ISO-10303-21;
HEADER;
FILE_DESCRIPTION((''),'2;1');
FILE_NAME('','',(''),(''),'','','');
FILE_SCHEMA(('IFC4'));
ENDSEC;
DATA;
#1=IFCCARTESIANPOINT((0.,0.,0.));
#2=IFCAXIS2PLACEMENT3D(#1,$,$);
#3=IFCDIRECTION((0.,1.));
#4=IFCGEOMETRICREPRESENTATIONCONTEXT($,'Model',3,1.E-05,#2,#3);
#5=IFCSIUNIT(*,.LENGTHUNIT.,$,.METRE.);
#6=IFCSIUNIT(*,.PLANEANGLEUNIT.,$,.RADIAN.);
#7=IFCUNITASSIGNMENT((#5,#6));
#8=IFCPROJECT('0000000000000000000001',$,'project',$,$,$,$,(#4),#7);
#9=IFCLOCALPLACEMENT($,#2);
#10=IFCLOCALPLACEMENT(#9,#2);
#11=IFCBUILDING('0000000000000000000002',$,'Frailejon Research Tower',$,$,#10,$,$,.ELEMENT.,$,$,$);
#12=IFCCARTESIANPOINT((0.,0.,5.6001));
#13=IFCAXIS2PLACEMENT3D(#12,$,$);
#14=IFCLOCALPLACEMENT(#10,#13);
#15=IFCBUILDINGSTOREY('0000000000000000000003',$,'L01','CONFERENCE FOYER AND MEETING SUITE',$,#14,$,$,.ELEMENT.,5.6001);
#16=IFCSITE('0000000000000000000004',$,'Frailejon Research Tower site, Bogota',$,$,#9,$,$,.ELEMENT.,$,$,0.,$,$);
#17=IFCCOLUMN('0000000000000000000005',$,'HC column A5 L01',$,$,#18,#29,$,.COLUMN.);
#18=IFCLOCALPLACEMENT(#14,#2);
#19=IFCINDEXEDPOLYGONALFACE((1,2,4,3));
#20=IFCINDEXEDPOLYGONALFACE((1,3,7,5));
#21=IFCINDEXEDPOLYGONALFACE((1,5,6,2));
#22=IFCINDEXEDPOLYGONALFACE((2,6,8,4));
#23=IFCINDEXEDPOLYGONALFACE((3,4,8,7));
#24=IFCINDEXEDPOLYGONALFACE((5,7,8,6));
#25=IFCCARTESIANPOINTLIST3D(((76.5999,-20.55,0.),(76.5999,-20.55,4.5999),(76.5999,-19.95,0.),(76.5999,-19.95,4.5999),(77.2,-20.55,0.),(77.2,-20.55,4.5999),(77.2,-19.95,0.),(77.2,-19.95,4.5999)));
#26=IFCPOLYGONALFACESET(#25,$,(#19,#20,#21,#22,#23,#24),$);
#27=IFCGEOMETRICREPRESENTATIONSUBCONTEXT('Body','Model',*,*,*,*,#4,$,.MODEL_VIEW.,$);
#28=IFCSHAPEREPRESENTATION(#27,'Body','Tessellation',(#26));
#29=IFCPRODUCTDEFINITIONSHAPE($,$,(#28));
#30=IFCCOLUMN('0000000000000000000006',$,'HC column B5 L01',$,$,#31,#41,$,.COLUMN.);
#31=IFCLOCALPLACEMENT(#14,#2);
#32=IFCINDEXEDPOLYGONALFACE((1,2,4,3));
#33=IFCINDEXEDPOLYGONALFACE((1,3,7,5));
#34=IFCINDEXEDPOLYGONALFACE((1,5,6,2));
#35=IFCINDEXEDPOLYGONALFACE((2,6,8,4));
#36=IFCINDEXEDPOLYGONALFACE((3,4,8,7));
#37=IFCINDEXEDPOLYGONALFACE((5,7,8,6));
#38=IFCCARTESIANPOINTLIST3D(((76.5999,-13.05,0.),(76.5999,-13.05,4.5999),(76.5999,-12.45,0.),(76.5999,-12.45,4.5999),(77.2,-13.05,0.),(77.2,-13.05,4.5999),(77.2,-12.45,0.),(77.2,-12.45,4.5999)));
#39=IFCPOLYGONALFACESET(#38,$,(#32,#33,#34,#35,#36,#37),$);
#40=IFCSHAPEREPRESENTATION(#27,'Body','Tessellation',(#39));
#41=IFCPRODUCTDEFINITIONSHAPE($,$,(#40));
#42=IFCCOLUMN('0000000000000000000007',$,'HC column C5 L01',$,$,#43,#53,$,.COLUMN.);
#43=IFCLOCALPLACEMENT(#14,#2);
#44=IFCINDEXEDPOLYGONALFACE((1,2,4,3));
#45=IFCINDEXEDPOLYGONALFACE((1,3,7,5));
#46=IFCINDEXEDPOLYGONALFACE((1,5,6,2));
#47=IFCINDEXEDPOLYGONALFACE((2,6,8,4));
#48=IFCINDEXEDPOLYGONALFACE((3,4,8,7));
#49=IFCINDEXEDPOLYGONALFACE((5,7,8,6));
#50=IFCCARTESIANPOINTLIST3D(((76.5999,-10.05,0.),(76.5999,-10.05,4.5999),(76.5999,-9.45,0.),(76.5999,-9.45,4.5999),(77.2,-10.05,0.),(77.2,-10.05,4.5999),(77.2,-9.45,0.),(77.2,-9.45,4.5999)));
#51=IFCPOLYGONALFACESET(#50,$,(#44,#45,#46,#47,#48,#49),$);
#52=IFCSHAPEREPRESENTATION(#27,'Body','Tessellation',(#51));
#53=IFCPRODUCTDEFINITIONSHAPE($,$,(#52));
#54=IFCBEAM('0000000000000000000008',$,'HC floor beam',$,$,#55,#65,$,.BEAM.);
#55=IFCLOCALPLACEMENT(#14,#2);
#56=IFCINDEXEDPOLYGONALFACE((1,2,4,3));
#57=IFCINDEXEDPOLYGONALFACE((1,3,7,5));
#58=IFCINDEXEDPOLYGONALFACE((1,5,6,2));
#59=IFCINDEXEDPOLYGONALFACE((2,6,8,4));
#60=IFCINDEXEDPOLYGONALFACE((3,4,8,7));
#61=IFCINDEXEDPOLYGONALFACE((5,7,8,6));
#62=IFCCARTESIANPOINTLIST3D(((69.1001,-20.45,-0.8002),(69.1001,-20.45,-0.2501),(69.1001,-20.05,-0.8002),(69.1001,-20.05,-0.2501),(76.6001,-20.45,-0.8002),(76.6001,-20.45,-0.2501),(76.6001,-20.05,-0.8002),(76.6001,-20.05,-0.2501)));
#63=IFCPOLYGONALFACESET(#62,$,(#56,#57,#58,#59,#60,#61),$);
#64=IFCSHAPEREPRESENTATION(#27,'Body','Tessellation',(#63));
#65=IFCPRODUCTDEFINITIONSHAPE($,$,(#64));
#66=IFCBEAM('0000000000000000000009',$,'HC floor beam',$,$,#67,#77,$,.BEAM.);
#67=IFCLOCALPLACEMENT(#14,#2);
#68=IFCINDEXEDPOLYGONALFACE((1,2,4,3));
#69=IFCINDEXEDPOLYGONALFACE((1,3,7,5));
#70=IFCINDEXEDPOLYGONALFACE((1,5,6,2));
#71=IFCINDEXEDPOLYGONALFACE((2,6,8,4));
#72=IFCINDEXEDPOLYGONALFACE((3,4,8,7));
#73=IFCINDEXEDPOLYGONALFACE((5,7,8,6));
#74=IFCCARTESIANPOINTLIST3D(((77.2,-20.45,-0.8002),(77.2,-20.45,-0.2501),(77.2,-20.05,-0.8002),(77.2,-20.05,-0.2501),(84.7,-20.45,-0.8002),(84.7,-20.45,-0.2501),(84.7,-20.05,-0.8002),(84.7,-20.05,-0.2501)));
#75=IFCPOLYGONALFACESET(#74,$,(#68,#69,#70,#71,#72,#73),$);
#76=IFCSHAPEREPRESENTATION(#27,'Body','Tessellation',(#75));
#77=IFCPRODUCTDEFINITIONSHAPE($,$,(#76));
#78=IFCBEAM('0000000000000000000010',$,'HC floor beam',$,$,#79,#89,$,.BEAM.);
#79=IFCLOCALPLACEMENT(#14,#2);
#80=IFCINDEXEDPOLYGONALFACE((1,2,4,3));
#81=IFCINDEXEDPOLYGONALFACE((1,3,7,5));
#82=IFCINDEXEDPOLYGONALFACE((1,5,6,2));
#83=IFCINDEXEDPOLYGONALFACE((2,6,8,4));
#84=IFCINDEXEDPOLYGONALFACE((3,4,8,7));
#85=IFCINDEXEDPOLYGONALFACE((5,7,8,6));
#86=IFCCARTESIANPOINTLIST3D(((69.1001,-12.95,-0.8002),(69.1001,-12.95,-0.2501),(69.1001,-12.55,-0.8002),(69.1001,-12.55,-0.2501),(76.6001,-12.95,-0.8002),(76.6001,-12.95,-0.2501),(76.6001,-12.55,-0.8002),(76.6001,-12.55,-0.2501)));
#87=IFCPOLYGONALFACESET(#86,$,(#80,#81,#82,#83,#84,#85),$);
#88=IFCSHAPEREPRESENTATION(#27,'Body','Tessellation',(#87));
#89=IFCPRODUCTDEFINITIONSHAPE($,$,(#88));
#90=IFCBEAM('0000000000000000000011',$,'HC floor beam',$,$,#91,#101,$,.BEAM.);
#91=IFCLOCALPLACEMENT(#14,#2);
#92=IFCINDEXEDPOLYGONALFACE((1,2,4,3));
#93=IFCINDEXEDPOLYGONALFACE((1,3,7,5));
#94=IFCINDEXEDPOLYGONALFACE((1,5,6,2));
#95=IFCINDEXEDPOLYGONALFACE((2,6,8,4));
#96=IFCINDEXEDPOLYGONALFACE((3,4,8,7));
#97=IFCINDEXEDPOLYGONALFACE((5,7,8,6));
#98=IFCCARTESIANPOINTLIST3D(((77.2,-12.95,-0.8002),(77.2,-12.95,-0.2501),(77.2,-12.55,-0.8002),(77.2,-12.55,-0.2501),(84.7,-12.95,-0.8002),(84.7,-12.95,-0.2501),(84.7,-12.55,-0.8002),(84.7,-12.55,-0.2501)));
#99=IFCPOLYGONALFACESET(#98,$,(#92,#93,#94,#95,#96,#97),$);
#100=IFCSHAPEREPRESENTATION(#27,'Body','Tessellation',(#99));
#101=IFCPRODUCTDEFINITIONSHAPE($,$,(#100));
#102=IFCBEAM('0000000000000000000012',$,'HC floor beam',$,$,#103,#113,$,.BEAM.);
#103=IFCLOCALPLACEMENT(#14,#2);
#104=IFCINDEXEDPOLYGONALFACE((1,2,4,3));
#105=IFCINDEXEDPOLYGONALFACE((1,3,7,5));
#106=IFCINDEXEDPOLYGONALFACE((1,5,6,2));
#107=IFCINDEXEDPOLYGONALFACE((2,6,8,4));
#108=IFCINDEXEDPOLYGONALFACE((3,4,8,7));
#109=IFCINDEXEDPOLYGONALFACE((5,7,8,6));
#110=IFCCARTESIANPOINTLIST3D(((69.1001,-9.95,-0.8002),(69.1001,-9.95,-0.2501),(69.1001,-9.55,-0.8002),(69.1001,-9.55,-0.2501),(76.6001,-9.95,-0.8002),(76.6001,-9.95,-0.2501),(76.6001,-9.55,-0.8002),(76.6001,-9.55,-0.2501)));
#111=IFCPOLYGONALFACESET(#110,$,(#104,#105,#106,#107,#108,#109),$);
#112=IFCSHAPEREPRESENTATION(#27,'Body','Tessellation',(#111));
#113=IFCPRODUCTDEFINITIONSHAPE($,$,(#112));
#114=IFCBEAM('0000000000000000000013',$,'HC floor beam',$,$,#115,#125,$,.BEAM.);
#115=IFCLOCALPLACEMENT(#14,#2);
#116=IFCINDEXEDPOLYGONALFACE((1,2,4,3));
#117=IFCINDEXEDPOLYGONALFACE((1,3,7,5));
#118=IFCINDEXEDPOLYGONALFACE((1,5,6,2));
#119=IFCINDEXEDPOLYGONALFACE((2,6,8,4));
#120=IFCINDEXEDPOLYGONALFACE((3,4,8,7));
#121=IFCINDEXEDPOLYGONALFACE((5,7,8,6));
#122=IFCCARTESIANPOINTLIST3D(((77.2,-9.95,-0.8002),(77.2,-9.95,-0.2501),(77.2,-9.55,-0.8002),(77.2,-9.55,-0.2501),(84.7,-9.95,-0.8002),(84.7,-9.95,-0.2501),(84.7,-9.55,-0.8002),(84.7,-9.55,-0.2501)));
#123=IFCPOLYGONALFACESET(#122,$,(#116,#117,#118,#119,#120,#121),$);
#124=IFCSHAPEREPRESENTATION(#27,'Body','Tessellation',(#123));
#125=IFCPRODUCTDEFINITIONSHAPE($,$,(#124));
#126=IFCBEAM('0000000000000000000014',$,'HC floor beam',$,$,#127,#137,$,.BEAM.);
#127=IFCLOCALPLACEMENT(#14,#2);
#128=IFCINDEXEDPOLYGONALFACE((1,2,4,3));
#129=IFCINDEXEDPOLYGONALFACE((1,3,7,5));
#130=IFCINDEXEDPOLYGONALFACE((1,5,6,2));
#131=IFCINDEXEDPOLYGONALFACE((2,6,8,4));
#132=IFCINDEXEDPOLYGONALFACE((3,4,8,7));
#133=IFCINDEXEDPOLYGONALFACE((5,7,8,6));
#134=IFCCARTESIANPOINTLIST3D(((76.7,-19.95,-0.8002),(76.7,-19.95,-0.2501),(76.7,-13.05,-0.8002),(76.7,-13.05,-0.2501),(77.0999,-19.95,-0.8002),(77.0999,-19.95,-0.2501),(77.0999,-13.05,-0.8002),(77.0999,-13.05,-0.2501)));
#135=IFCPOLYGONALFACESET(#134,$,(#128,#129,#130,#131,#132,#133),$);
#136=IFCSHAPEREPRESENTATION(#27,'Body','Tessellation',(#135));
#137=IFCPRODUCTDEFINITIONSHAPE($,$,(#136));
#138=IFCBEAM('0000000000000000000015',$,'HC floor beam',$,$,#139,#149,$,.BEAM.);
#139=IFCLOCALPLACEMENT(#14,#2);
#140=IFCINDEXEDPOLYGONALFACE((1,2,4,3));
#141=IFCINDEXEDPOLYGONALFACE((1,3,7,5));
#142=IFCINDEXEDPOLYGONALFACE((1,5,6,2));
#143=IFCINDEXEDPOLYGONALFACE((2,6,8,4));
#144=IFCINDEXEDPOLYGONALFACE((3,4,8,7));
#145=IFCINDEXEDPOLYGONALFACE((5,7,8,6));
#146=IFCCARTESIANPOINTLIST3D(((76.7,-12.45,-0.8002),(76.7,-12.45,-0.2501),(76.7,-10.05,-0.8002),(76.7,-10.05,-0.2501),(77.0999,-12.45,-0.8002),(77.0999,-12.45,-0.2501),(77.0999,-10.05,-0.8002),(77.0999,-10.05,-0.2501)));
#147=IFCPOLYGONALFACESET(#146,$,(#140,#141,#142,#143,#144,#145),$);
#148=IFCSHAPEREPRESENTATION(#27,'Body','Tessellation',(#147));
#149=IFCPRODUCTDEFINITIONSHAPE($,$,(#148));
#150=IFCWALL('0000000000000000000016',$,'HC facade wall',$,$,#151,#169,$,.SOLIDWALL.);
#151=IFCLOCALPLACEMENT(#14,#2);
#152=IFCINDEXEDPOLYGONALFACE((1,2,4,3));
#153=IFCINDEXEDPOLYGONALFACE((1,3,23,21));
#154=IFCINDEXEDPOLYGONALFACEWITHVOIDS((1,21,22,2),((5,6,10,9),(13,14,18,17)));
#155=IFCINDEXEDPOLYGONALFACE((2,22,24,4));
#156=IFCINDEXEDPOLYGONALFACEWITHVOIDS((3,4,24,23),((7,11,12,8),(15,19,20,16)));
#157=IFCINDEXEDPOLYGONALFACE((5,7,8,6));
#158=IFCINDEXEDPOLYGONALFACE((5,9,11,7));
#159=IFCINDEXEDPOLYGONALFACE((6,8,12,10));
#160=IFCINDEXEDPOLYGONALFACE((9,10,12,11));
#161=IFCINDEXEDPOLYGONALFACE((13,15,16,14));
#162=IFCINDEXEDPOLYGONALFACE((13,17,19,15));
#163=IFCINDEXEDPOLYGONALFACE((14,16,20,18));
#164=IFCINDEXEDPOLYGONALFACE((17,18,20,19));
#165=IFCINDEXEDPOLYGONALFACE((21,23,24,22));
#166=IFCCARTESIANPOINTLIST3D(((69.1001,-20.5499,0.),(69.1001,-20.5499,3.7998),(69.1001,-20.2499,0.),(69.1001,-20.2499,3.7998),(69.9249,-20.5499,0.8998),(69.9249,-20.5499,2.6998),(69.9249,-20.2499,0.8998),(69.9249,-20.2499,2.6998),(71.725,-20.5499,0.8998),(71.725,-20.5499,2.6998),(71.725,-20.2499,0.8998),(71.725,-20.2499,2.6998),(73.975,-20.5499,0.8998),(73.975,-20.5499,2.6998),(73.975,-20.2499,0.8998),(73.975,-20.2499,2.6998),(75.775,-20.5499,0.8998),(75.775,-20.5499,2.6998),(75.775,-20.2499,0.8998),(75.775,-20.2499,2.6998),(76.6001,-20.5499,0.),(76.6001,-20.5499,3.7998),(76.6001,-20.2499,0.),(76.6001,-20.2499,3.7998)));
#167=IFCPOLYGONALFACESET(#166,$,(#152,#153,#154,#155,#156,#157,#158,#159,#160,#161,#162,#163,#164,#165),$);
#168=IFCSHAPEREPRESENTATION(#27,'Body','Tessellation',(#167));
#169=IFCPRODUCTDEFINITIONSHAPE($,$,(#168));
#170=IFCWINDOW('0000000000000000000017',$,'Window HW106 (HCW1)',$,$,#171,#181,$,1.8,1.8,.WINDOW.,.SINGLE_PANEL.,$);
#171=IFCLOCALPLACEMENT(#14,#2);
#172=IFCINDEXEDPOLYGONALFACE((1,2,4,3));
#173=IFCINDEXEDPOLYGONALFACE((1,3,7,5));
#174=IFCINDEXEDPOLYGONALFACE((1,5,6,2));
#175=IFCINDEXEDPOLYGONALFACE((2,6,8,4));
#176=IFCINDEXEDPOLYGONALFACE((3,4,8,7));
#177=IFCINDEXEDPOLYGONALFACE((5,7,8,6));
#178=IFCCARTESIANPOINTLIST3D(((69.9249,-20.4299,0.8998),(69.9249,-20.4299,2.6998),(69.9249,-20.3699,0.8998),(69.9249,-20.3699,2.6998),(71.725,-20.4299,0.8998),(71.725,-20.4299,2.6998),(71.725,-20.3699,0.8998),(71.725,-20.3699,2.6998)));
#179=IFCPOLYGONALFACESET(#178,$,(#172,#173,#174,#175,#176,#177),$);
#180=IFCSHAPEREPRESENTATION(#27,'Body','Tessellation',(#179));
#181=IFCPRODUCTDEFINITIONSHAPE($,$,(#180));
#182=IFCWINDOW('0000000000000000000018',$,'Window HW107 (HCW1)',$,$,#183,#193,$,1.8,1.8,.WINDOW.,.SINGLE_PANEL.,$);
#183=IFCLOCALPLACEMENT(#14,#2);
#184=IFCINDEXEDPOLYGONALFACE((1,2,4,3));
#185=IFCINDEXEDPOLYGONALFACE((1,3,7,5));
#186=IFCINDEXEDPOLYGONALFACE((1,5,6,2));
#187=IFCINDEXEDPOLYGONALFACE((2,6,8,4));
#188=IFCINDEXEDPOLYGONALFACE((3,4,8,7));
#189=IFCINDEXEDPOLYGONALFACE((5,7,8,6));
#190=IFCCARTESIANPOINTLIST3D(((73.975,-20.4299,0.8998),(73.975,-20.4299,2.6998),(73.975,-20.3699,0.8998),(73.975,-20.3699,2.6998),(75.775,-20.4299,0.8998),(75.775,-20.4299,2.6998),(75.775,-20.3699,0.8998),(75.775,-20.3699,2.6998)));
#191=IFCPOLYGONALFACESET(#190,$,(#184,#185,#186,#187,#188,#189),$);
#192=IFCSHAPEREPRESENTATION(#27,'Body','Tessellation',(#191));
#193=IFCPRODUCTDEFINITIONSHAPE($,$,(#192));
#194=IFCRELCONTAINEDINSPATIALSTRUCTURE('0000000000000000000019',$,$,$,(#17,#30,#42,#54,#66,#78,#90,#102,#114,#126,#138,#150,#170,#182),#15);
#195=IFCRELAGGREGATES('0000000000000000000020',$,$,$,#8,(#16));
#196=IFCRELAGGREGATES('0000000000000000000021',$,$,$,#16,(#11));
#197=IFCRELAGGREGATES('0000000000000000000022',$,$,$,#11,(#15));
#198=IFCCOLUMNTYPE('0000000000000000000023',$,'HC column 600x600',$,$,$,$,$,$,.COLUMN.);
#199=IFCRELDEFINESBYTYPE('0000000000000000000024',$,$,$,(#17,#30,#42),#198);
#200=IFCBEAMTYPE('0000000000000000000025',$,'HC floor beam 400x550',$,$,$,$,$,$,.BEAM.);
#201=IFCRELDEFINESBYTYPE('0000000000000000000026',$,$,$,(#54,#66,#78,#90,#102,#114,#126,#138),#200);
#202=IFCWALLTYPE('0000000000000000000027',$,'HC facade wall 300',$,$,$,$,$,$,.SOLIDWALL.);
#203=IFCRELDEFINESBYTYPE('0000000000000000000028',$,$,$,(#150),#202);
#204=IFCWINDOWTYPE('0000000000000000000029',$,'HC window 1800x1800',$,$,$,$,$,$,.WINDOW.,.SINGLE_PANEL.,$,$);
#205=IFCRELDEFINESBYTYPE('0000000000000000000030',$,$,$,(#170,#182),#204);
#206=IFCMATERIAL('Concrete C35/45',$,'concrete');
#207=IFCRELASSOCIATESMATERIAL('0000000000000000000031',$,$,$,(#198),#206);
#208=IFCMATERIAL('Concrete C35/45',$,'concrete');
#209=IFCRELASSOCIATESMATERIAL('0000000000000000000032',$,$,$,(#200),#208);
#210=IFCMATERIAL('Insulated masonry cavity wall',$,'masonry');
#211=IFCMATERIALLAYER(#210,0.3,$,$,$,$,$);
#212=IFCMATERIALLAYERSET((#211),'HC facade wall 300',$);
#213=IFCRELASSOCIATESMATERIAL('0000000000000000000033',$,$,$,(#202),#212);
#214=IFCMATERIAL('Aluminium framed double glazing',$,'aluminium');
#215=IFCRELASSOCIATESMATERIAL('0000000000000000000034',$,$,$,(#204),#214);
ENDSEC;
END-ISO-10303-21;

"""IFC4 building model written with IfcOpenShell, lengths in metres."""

from ifc_helpers import new_model, si_unit, direction, frame, frame_2d, origin, origin_2d, place, context, subcontext, project, spatial, rectangle, extrude, material, layer, layer_set, material_profile, profile_set, type_object, element, fill, save


model = new_model("IFC4")

# Units and contexts
model_context = context("Model", 3, precision=1e-05, world=origin(), true_north=direction((0.0, 1.0)))
body_context = subcontext(model_context, "Body", "Model", "MODEL_VIEW")
ifc_project = project(units=[si_unit("LENGTHUNIT", "METRE"), si_unit("PLANEANGLEUNIT", "RADIAN")], contexts=[model_context])

# Site, building, storey
site_placement = place(None, origin())
site = spatial("IfcSite", under=ifc_project, at=site_placement, Name="Frailejon Research Tower site, Bogota", CompositionType="ELEMENT", RefElevation=0.0)
building_placement = place(site_placement, origin())
building = spatial("IfcBuilding", under=site, at=building_placement, Name="Frailejon Research Tower", CompositionType="ELEMENT")
storey_placement = place(building_placement, frame((0.0, 0.0, 5.6001)))
storey = spatial("IfcBuildingStorey", under=building, at=storey_placement, Name="L01", Description="CONFERENCE FOYER AND MEETING SUITE", CompositionType="ELEMENT", Elevation=5.6001)

# Columns
ifc_material_1 = material(Name="Concrete C35/45", Category="concrete")
ifc_material_profile_1 = material_profile(ifc_material_1, rectangle(XDim=0.6001, YDim=0.6001, at=origin_2d()), Name="HC column 600x600")
ifc_profile_set_1 = profile_set([ifc_material_profile_1], Name="Concrete C35/45")
column_type = type_object("IfcColumnType", Name="HC column 600x600", PredefinedType="COLUMN", material=ifc_profile_set_1)
for number, where, z_axis, x_axis, name in (
    (1, (76.8999, -20.25, 0.0), (0.0, 0.0, 1.0), (1.0, 0.0, 0.0), "HC column A5 L01"),
    (2, (76.8999, -12.75, 0.0), (0.0, 0.0, 1.0), (1.0, 0.0, 0.0), "HC column B5 L01"),
    (3, (76.8999, -9.75, 0.0), (0.0, 0.0, 1.0), (1.0, 0.0, 0.0), "HC column C5 L01"),
):
    element("IfcColumn", number, at=place(storey_placement, frame(where, z_axis=z_axis, x_axis=x_axis)), inside=storey, type_object=column_type, Name=name, PredefinedType="COLUMN", context=body_context, shape_type="SweptSolid", body=[
        extrude(rectangle(XDim=0.6001, YDim=0.6001, at=origin_2d()), origin(), (0.0, 0.0, 1.0), 4.5999),
    ])

# Beams
ifc_material_2 = material(Name="Concrete C35/45", Category="concrete")
ifc_material_profile_2 = material_profile(ifc_material_2, rectangle(XDim=0.3999, YDim=0.55, at=origin_2d()), Name="HC floor beam 400x550")
ifc_profile_set_2 = profile_set([ifc_material_profile_2], Name="Concrete C35/45")
beam_type = type_object("IfcBeamType", Name="HC floor beam 400x550", PredefinedType="BEAM", material=ifc_profile_set_2)
for number, where, z_axis, x_axis, name in (
    (4, (69.1001, -20.25, -0.5251), (1.0, 0.0, 0.0), (0.0, 1.0, 0.0), "HC floor beam"),
    (5, (77.2, -20.25, -0.5251), (1.0, 0.0, 0.0), (0.0, 1.0, 0.0), "HC floor beam"),
    (6, (69.1001, -12.75, -0.5251), (1.0, 0.0, 0.0), (0.0, 1.0, 0.0), "HC floor beam"),
    (7, (77.2, -12.75, -0.5251), (1.0, 0.0, 0.0), (0.0, 1.0, 0.0), "HC floor beam"),
    (8, (69.1001, -9.75, -0.5251), (1.0, 0.0, 0.0), (0.0, 1.0, 0.0), "HC floor beam"),
    (9, (77.2, -9.75, -0.5251), (1.0, 0.0, 0.0), (0.0, 1.0, 0.0), "HC floor beam"),
):
    element("IfcBeam", number, at=place(storey_placement, frame(where, z_axis=z_axis, x_axis=x_axis)), inside=storey, type_object=beam_type, Name=name, PredefinedType="BEAM", context=body_context, shape_type="SweptSolid", body=[
        extrude(rectangle(XDim=0.3999, YDim=0.55, at=origin_2d()), origin(), (0.0, 0.0, 1.0), 7.5),
    ])
beam_1_placement = place(storey_placement, frame((76.8999, -19.95, -0.5251), z_axis=(0.0, 1.0, 0.0), x_axis=(-1.0, 0.0, 0.0)))
element("IfcBeam", 10, at=beam_1_placement, inside=storey, type_object=beam_type, Name="HC floor beam", PredefinedType="BEAM", context=body_context, shape_type="SweptSolid", body=[
    extrude(rectangle(XDim=0.3999, YDim=0.55, at=origin_2d()), origin(), (0.0, 0.0, 1.0), 6.8999),
])
beam_2_placement = place(storey_placement, frame((76.8999, -12.45, -0.5251), z_axis=(0.0, 1.0, 0.0), x_axis=(-1.0, 0.0, 0.0)))
element("IfcBeam", 11, at=beam_2_placement, inside=storey, type_object=beam_type, Name="HC floor beam", PredefinedType="BEAM", context=body_context, shape_type="SweptSolid", body=[
    extrude(rectangle(XDim=0.3999, YDim=0.55, at=origin_2d()), origin(), (0.0, 0.0, 1.0), 2.3999),
])

# Wall, openings, windows
ifc_material_3 = material(Name="Insulated masonry cavity wall", Category="masonry")
ifc_layer_1 = layer(ifc_material_3, 0.3)
ifc_layer_set_1 = layer_set([ifc_layer_1], Name="HC facade wall 300")
wall_type_1 = type_object("IfcWallType", Name="HC facade wall 300", PredefinedType="SOLIDWALL", material=ifc_layer_set_1)
wall_1_placement = place(storey_placement, frame((69.1001, -20.3999, 0.0), z_axis=(0.0, 0.0, 1.0), x_axis=(1.0, 0.0, 0.0)))
wall_1 = element("IfcWall", 12, at=wall_1_placement, inside=storey, type_object=wall_type_1, Name="HC facade wall", PredefinedType="SOLIDWALL", context=body_context, shape_type="SweptSolid", body=[
    extrude(rectangle(XDim=7.5, YDim=0.3, at=frame_2d((3.75, 0.0))), origin(), (0.0, 0.0, 1.0), 3.7998),
])
opening_1_placement = place(wall_1_placement, frame((0.825, 0.0, 0.8999)))
opening_1 = element("IfcOpeningElement", 13, at=opening_1_placement, cuts=wall_1, PredefinedType="OPENING", context=body_context, shape_type="SweptSolid", body=[
    extrude(rectangle(XDim=1.8, YDim=1.8, at=frame_2d((0.8999, 0.8999))), frame((0.0, 0.1599, 0.0), z_axis=(0.0, -1.0, 0.0), x_axis=(1.0, 0.0, 0.0)), (0.0, 0.0, 1.0), 0.3201),
])
opening_2_placement = place(wall_1_placement, frame((4.875, 0.0, 0.8999)))
opening_2 = element("IfcOpeningElement", 14, at=opening_2_placement, cuts=wall_1, PredefinedType="OPENING", context=body_context, shape_type="SweptSolid", body=[
    extrude(rectangle(XDim=1.8, YDim=1.8, at=frame_2d((0.8999, 0.8999))), frame((0.0, 0.1599, 0.0), z_axis=(0.0, -1.0, 0.0), x_axis=(1.0, 0.0, 0.0)), (0.0, 0.0, 1.0), 0.3201),
])
ifc_material_4 = material(Name="Aluminium framed double glazing", Category="aluminium")
window_type = type_object("IfcWindowType", Name="HC window 1800x1800", PartitioningType="SINGLE_PANEL", PredefinedType="WINDOW", material=ifc_material_4)
window_1_placement = place(opening_1_placement, origin())
window_1 = element("IfcWindow", 15, at=window_1_placement, inside=storey, type_object=window_type, Name="Window HW106 (HCW1)", OverallHeight=1.8, OverallWidth=1.8, PartitioningType="SINGLE_PANEL", PredefinedType="WINDOW", context=body_context, shape_type="SweptSolid", body=[
    extrude(rectangle(XDim=1.8, YDim=1.8, at=frame_2d((0.8999, 0.8999))), frame((0.0, 0.03, 0.0), z_axis=(0.0, -1.0, 0.0), x_axis=(1.0, 0.0, 0.0)), (0.0, 0.0, 1.0), 0.0601),
])
fill(opening_1, window_1)
window_2_placement = place(opening_2_placement, origin())
window_2 = element("IfcWindow", 16, at=window_2_placement, inside=storey, type_object=window_type, Name="Window HW107 (HCW1)", OverallHeight=1.8, OverallWidth=1.8, PartitioningType="SINGLE_PANEL", PredefinedType="WINDOW", context=body_context, shape_type="SweptSolid", body=[
    extrude(rectangle(XDim=1.8, YDim=1.8, at=frame_2d((0.8999, 0.8999))), frame((0.0, 0.03, 0.0), z_axis=(0.0, -1.0, 0.0), x_axis=(1.0, 0.0, 0.0)), (0.0, 0.0, 1.0), 0.0601),
])
fill(opening_2, window_2)

save(model, "model.ifc")
